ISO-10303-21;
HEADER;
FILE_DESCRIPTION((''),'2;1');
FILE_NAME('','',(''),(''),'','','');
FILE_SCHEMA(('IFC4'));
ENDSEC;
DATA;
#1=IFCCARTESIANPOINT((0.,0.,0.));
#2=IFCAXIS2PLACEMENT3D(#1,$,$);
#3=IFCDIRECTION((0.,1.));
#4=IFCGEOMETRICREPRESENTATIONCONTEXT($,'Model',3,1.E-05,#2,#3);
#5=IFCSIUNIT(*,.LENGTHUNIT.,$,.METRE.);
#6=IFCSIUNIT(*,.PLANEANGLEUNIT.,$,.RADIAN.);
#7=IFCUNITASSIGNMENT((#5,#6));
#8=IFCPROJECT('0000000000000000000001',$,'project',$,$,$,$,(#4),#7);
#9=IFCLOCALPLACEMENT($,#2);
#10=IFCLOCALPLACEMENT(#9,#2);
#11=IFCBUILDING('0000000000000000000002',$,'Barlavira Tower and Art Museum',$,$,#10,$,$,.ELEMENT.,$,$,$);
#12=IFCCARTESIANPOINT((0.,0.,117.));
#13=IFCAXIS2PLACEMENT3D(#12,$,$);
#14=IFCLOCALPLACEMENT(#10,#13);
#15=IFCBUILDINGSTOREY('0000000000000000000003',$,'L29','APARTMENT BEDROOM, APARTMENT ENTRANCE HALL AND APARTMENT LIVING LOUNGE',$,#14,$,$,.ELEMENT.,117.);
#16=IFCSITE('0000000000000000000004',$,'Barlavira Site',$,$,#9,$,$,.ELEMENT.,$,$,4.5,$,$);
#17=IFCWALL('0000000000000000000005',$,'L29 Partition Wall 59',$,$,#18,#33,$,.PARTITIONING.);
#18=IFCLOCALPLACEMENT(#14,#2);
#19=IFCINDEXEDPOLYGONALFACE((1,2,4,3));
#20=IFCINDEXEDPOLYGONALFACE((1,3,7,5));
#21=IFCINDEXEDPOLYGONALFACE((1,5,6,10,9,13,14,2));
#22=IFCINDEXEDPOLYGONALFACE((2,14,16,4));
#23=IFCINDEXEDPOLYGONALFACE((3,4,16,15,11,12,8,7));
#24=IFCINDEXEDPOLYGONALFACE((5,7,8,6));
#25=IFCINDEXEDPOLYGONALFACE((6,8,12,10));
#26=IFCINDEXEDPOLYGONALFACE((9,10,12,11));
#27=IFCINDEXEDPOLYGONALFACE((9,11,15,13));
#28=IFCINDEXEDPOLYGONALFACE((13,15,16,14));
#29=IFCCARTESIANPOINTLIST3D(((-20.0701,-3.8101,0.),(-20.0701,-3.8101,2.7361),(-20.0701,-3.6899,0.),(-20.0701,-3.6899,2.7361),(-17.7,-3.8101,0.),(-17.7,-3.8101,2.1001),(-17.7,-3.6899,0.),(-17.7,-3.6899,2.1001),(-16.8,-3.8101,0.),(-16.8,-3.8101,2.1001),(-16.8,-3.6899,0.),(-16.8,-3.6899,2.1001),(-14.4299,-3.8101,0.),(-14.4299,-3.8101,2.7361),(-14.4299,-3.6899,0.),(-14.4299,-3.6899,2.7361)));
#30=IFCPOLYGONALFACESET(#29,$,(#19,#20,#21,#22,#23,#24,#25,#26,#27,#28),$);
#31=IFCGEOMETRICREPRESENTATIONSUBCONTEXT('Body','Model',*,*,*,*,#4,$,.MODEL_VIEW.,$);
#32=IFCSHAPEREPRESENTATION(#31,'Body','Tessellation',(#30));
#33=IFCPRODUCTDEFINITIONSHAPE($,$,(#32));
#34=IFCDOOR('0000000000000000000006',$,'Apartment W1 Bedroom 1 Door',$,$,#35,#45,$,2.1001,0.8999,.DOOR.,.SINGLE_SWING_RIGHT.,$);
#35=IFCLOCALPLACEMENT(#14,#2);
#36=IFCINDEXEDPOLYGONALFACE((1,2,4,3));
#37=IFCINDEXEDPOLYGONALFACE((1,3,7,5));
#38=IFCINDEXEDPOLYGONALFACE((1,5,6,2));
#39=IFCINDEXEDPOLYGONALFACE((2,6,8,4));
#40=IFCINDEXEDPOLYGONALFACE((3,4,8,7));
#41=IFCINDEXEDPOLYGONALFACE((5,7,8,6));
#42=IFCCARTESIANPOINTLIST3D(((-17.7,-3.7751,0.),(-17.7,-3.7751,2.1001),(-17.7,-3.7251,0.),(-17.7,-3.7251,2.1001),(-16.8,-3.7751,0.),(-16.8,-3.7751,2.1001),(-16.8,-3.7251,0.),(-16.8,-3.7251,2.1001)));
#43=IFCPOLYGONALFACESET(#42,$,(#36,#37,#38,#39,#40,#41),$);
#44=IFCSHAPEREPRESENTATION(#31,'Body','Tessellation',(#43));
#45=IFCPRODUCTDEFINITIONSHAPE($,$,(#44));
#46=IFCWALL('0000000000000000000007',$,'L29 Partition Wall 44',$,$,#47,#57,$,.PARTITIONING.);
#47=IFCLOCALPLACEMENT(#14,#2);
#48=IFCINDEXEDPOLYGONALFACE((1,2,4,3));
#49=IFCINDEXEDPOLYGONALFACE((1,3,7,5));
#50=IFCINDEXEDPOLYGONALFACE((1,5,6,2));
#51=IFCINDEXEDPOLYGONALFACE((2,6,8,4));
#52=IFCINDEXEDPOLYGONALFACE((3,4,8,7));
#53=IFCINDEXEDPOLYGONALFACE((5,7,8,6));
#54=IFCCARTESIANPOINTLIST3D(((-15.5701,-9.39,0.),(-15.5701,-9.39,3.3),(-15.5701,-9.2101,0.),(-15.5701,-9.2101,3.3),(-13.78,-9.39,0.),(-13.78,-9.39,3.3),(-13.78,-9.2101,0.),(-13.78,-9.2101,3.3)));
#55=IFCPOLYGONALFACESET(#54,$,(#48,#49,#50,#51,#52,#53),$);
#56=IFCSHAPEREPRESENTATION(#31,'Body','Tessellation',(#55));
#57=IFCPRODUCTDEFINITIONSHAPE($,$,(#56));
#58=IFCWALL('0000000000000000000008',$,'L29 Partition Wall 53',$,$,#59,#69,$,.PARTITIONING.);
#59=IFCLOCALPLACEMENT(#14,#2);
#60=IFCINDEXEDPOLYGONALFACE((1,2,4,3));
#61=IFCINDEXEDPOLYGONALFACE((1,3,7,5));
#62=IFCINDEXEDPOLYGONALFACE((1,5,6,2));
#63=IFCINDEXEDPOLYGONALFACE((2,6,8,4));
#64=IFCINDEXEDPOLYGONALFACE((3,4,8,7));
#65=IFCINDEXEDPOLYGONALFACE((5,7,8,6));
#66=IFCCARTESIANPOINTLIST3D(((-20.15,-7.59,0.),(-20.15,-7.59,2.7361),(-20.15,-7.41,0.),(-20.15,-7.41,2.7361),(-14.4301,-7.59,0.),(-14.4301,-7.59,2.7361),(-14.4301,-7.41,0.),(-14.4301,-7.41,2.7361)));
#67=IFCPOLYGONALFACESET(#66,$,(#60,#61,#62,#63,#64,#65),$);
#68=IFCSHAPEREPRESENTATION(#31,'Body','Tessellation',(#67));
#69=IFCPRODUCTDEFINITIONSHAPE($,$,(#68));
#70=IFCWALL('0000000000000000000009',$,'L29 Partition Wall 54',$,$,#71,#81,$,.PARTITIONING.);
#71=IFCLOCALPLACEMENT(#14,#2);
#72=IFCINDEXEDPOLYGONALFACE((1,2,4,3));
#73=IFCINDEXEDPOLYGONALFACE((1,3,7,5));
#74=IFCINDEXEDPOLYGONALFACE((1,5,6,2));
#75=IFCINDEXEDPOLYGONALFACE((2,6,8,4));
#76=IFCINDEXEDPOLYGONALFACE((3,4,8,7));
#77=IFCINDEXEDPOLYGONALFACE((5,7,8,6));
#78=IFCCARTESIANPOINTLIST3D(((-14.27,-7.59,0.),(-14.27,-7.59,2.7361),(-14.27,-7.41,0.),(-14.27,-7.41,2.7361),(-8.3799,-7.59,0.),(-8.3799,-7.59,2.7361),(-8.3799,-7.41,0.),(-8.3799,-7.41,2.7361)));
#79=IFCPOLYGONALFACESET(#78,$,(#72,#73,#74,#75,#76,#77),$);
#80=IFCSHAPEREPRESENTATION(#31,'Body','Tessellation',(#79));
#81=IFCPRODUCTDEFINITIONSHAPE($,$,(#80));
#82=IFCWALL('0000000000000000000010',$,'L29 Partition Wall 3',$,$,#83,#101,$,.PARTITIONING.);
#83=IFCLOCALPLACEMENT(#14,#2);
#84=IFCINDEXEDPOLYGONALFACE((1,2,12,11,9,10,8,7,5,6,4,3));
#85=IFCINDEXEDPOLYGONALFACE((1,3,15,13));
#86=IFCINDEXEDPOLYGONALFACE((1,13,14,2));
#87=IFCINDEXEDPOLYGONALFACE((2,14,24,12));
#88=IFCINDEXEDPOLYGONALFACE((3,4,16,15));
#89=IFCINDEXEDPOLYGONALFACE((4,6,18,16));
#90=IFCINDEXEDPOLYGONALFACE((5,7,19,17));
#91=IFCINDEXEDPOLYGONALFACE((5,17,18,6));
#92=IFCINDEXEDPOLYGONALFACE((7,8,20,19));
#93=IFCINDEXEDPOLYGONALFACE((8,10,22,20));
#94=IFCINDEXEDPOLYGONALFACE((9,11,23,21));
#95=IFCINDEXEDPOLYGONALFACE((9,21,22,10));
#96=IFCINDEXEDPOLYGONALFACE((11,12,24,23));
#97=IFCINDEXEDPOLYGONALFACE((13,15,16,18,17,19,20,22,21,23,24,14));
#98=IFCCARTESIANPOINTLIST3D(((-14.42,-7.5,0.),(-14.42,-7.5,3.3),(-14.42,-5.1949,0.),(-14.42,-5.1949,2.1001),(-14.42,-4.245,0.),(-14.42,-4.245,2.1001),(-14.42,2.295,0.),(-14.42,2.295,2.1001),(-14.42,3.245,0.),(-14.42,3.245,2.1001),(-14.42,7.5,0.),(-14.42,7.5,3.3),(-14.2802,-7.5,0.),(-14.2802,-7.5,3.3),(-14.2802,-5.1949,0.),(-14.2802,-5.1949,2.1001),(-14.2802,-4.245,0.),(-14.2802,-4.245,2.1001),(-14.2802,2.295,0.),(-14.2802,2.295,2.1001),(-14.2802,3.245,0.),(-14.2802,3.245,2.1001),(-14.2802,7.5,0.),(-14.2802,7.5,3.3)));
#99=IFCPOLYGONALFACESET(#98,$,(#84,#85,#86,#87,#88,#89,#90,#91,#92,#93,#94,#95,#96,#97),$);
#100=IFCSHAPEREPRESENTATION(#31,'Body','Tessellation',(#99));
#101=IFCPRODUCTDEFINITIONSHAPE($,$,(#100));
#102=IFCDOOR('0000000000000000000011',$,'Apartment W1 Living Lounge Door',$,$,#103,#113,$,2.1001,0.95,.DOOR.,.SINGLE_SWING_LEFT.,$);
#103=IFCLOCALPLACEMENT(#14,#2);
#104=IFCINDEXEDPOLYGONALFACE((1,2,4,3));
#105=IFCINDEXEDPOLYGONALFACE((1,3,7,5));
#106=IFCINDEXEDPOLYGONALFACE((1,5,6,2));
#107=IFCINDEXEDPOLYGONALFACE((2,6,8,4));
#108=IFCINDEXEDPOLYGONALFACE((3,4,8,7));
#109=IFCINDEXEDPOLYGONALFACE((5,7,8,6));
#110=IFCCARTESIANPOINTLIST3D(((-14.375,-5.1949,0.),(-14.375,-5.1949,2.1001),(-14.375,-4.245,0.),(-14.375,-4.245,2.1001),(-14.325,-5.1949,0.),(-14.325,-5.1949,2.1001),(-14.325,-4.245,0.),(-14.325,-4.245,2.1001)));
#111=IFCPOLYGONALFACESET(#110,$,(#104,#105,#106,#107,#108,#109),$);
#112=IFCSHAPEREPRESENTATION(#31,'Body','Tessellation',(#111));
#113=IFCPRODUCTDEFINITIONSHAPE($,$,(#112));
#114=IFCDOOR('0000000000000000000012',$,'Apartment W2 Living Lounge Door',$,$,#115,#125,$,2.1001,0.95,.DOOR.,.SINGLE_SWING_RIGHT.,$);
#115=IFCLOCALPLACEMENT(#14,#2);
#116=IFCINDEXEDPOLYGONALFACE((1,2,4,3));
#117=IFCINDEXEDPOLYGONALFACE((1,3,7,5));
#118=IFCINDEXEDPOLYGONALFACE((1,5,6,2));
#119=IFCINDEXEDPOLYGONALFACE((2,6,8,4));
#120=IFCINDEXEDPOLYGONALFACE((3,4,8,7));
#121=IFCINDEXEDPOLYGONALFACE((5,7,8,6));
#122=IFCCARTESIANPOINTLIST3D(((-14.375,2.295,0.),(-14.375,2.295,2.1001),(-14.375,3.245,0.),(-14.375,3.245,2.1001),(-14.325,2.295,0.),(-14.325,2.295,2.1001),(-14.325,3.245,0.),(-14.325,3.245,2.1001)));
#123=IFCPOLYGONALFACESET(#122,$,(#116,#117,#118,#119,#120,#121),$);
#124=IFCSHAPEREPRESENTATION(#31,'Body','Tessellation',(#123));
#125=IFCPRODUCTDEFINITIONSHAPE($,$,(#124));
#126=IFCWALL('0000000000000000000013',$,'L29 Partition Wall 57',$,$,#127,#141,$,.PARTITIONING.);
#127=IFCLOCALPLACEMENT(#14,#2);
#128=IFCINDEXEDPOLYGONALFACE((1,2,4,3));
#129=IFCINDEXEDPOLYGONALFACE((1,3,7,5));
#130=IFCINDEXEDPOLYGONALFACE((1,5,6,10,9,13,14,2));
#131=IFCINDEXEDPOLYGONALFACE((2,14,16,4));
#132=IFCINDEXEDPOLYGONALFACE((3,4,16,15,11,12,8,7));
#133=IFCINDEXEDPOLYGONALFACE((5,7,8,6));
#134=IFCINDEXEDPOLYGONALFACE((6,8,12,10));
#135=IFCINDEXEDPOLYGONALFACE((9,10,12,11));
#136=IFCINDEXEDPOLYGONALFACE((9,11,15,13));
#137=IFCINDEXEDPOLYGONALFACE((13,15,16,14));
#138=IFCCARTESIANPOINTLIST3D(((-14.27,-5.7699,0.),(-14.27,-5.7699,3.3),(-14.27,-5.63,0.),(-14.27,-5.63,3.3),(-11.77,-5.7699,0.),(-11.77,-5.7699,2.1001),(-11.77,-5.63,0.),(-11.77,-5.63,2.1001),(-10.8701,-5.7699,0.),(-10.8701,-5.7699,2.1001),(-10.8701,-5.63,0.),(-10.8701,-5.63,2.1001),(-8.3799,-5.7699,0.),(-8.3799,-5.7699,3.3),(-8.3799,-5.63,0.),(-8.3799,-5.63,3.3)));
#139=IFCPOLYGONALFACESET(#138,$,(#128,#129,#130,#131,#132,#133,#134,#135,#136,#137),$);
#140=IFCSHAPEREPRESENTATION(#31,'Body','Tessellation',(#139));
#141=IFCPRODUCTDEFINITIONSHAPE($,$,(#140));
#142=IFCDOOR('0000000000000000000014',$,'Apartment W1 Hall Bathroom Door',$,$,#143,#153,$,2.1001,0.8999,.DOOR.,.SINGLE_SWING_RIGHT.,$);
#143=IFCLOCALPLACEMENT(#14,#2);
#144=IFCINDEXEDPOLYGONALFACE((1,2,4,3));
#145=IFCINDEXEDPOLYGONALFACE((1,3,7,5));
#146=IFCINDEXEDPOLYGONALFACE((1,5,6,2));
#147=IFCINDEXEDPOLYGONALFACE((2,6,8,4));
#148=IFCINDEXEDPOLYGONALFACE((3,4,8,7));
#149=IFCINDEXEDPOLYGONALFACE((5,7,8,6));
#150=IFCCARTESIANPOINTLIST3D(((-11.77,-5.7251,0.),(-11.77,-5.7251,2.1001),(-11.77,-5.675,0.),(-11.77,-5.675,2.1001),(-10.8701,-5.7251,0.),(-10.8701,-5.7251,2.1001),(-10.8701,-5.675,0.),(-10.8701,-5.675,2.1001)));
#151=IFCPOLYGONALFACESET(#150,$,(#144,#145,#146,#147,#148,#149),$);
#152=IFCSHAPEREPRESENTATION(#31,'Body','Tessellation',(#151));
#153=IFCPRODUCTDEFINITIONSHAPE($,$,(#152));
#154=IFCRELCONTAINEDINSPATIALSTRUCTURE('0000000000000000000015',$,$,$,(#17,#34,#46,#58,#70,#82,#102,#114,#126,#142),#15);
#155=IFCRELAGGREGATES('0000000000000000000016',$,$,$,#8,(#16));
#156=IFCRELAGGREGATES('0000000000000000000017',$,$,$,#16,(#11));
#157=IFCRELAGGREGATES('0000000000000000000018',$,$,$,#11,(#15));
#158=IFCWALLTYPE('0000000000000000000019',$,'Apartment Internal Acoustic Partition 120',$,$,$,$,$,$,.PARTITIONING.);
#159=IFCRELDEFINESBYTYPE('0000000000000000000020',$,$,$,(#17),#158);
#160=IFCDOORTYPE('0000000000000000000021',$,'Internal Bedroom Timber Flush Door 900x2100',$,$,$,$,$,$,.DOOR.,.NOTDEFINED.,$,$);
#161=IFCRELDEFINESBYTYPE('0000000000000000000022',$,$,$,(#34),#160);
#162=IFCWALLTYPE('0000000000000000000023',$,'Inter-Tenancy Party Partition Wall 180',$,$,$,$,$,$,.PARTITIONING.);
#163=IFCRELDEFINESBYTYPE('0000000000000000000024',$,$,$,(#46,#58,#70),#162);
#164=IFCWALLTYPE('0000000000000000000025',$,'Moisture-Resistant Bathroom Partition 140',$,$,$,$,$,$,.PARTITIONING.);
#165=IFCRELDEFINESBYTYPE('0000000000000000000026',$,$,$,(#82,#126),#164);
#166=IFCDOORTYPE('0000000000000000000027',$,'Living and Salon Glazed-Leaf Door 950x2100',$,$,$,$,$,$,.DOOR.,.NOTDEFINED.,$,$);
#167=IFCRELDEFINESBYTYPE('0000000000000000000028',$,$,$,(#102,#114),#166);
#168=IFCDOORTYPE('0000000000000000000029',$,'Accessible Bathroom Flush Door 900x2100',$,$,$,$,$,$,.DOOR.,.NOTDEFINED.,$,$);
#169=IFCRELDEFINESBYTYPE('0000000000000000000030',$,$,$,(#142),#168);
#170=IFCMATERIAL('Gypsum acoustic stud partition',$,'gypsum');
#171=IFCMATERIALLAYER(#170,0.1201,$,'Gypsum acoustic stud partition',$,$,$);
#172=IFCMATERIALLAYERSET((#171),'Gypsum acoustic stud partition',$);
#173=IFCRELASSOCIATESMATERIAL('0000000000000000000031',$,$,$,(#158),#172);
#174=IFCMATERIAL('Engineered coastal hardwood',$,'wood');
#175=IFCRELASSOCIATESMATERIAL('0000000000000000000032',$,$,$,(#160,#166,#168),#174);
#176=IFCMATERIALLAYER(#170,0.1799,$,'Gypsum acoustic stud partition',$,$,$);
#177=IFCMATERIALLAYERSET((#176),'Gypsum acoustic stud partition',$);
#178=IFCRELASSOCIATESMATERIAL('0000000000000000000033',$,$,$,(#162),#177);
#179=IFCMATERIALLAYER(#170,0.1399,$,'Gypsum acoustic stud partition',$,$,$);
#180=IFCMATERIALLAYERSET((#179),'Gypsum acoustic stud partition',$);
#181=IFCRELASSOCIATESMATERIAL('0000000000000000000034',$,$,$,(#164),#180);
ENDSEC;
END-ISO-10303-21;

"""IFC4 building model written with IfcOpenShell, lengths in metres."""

from ifc_helpers import new_model, si_unit, direction, frame, frame_2d, origin, place, context, subcontext, project, spatial, rectangle, extrude, material, layer, layer_set, type_object, element, fill, save


model = new_model("IFC4")

# Units and contexts
model_context = context("Model", 3, precision=1e-05, world=origin(), true_north=direction((0.0, 1.0)))
body_context = subcontext(model_context, "Body", "Model", "MODEL_VIEW")
ifc_project = project(units=[si_unit("LENGTHUNIT", "METRE"), si_unit("PLANEANGLEUNIT", "RADIAN")], contexts=[model_context])

# Site, building, storey
site_placement = place(None, origin())
site = spatial("IfcSite", under=ifc_project, at=site_placement, Name="Barlavira Site", CompositionType="ELEMENT", RefElevation=4.5)
building_placement = place(site_placement, origin())
building = spatial("IfcBuilding", under=site, at=building_placement, Name="Barlavira Tower and Art Museum", CompositionType="ELEMENT")
storey_placement = place(building_placement, frame((0.0, 0.0, 117.0)))
storey = spatial("IfcBuildingStorey", under=building, at=storey_placement, Name="L29", Description="APARTMENT BEDROOM, APARTMENT ENTRANCE HALL AND APARTMENT LIVING LOUNGE", CompositionType="ELEMENT", Elevation=117.0)

# Wall, opening, door
ifc_material_1 = material(Name="Gypsum acoustic stud partition", Category="gypsum")
ifc_layer_1 = layer(ifc_material_1, 0.1201, Name="Gypsum acoustic stud partition")
ifc_layer_set_1 = layer_set([ifc_layer_1], Name="Gypsum acoustic stud partition")
wall_type_1 = type_object("IfcWallType", Name="Apartment Internal Acoustic Partition 120", PredefinedType="PARTITIONING", material=ifc_layer_set_1)
wall_1_placement = place(storey_placement, frame((-20.0701, -3.75, 0.0), z_axis=(0.0, 0.0, 1.0), x_axis=(1.0, 0.0, 0.0)))
wall_1 = element("IfcWall", 1, at=wall_1_placement, inside=storey, type_object=wall_type_1, Name="L29 Partition Wall 59", PredefinedType="PARTITIONING", context=body_context, shape_type="SweptSolid", body=[
    extrude(rectangle(XDim=5.6401, YDim=0.1201, at=frame_2d((2.8201, 0.0))), origin(), (0.0, 0.0, 1.0), 2.7361),
])
opening_1_placement = place(wall_1_placement, frame((2.3701, 0.0, 0.0)))
opening_1 = element("IfcOpeningElement", 2, at=opening_1_placement, cuts=wall_1, PredefinedType="OPENING", context=body_context, shape_type="SweptSolid", body=[
    extrude(rectangle(XDim=0.8999, YDim=2.1001, at=frame_2d((0.45, 1.05))), frame((0.0, 0.0701, 0.0), z_axis=(0.0, -1.0, 0.0), x_axis=(1.0, 0.0, 0.0)), (0.0, 0.0, 1.0), 0.1401),
])
ifc_material_2 = material(Name="Engineered coastal hardwood", Category="wood")
door_type_1 = type_object("IfcDoorType", Name="Internal Bedroom Timber Flush Door 900x2100", OperationType="NOTDEFINED", PredefinedType="DOOR", material=ifc_material_2)
door_1_placement = place(opening_1_placement, origin())
door_1 = element("IfcDoor", 3, at=door_1_placement, inside=storey, type_object=door_type_1, Name="Apartment W1 Bedroom 1 Door", OperationType="SINGLE_SWING_RIGHT", OverallHeight=2.1001, OverallWidth=0.8999, PredefinedType="DOOR", context=body_context, shape_type="SweptSolid", body=[
    extrude(rectangle(XDim=0.8999, YDim=2.1001, at=frame_2d((0.45, 1.05))), frame((0.0, 0.0249, 0.0), z_axis=(0.0, -1.0, 0.0), x_axis=(1.0, 0.0, 0.0)), (0.0, 0.0, 1.0), 0.05),
])
fill(opening_1, door_1)

# Walls
ifc_layer_2 = layer(ifc_material_1, 0.1799, Name="Gypsum acoustic stud partition")
ifc_layer_set_2 = layer_set([ifc_layer_2], Name="Gypsum acoustic stud partition")
wall_type_2 = type_object("IfcWallType", Name="Inter-Tenancy Party Partition Wall 180", PredefinedType="PARTITIONING", material=ifc_layer_set_2)
wall_2_placement = place(storey_placement, frame((-15.5701, -9.3, 0.0), z_axis=(0.0, 0.0, 1.0), x_axis=(1.0, 0.0, 0.0)))
element("IfcWall", 4, at=wall_2_placement, inside=storey, type_object=wall_type_2, Name="L29 Partition Wall 44", PredefinedType="PARTITIONING", context=body_context, shape_type="SweptSolid", body=[
    extrude(rectangle(XDim=1.79, YDim=0.1799, at=frame_2d((0.895, 0.0))), origin(), (0.0, 0.0, 1.0), 3.3),
])
wall_3_placement = place(storey_placement, frame((-20.1499, -7.5, 0.0), z_axis=(0.0, 0.0, 1.0), x_axis=(1.0, 0.0, 0.0)))
element("IfcWall", 5, at=wall_3_placement, inside=storey, type_object=wall_type_2, Name="L29 Partition Wall 53", PredefinedType="PARTITIONING", context=body_context, shape_type="SweptSolid", body=[
    extrude(rectangle(XDim=5.72, YDim=0.1799, at=frame_2d((2.8599, 0.0))), origin(), (0.0, 0.0, 1.0), 2.7361),
])
wall_4_placement = place(storey_placement, frame((-14.27, -7.5, 0.0), z_axis=(0.0, 0.0, 1.0), x_axis=(1.0, 0.0, 0.0)))
element("IfcWall", 6, at=wall_4_placement, inside=storey, type_object=wall_type_2, Name="L29 Partition Wall 54", PredefinedType="PARTITIONING", context=body_context, shape_type="SweptSolid", body=[
    extrude(rectangle(XDim=5.8901, YDim=0.1799, at=frame_2d((2.9451, 0.0))), origin(), (0.0, 0.0, 1.0), 2.7361),
])

# Wall, openings, doors
ifc_layer_3 = layer(ifc_material_1, 0.1399, Name="Gypsum acoustic stud partition")
ifc_layer_set_3 = layer_set([ifc_layer_3], Name="Gypsum acoustic stud partition")
wall_type_3 = type_object("IfcWallType", Name="Moisture-Resistant Bathroom Partition 140", PredefinedType="PARTITIONING", material=ifc_layer_set_3)
wall_5_placement = place(storey_placement, frame((-14.3501, -7.5, 0.0), z_axis=(0.0, 0.0, 1.0), x_axis=(0.0, 1.0, 0.0)))
wall_5 = element("IfcWall", 7, at=wall_5_placement, inside=storey, type_object=wall_type_3, Name="L29 Partition Wall 3", PredefinedType="PARTITIONING", context=body_context, shape_type="SweptSolid", body=[
    extrude(rectangle(XDim=15.0, YDim=0.1399, at=frame_2d((7.5, 0.0))), origin(), (0.0, 0.0, 1.0), 3.3),
])
opening_2_placement = place(wall_5_placement, frame((2.3049, 0.0, 0.0)))
opening_2 = element("IfcOpeningElement", 8, at=opening_2_placement, cuts=wall_5, PredefinedType="OPENING", context=body_context, shape_type="SweptSolid", body=[
    extrude(rectangle(XDim=0.95, YDim=2.1001, at=frame_2d((0.4751, 1.05))), frame((0.0, 0.0801, 0.0), z_axis=(0.0, -1.0, 0.0), x_axis=(1.0, 0.0, 0.0)), (0.0, 0.0, 1.0), 0.1599),
])
opening_3_placement = place(wall_5_placement, frame((9.7949, 0.0, 0.0)))
opening_3 = element("IfcOpeningElement", 9, at=opening_3_placement, cuts=wall_5, PredefinedType="OPENING", context=body_context, shape_type="SweptSolid", body=[
    extrude(rectangle(XDim=0.95, YDim=2.1001, at=frame_2d((0.4751, 1.05))), frame((0.0, 0.0801, 0.0), z_axis=(0.0, -1.0, 0.0), x_axis=(1.0, 0.0, 0.0)), (0.0, 0.0, 1.0), 0.1599),
])
door_type_2 = type_object("IfcDoorType", Name="Living and Salon Glazed-Leaf Door 950x2100", OperationType="NOTDEFINED", PredefinedType="DOOR", material=ifc_material_2)
door_2_placement = place(opening_2_placement, origin())
door_2 = element("IfcDoor", 10, at=door_2_placement, inside=storey, type_object=door_type_2, Name="Apartment W1 Living Lounge Door", OperationType="SINGLE_SWING_LEFT", OverallHeight=2.1001, OverallWidth=0.95, PredefinedType="DOOR", context=body_context, shape_type="SweptSolid", body=[
    extrude(rectangle(XDim=0.95, YDim=2.1001, at=frame_2d((0.4751, 1.05))), frame((0.0, 0.0249, 0.0), z_axis=(0.0, -1.0, 0.0), x_axis=(1.0, 0.0, 0.0)), (0.0, 0.0, 1.0), 0.05),
])
fill(opening_2, door_2)
door_3_placement = place(opening_3_placement, origin())
door_3 = element("IfcDoor", 11, at=door_3_placement, inside=storey, type_object=door_type_2, Name="Apartment W2 Living Lounge Door", OperationType="SINGLE_SWING_RIGHT", OverallHeight=2.1001, OverallWidth=0.95, PredefinedType="DOOR", context=body_context, shape_type="SweptSolid", body=[
    extrude(rectangle(XDim=0.95, YDim=2.1001, at=frame_2d((0.4751, 1.05))), frame((0.0, 0.0249, 0.0), z_axis=(0.0, -1.0, 0.0), x_axis=(1.0, 0.0, 0.0)), (0.0, 0.0, 1.0), 0.05),
])
fill(opening_3, door_3)

# Wall, opening, door
wall_6_placement = place(storey_placement, frame((-14.27, -5.7, 0.0), z_axis=(0.0, 0.0, 1.0), x_axis=(1.0, 0.0, 0.0)))
wall_6 = element("IfcWall", 12, at=wall_6_placement, inside=storey, type_object=wall_type_3, Name="L29 Partition Wall 57", PredefinedType="PARTITIONING", context=body_context, shape_type="SweptSolid", body=[
    extrude(rectangle(XDim=5.8901, YDim=0.1399, at=frame_2d((2.9451, 0.0))), origin(), (0.0, 0.0, 1.0), 3.3),
])
opening_4_placement = place(wall_6_placement, frame((2.5, 0.0, 0.0)))
opening_4 = element("IfcOpeningElement", 13, at=opening_4_placement, cuts=wall_6, PredefinedType="OPENING", context=body_context, shape_type="SweptSolid", body=[
    extrude(rectangle(XDim=0.8999, YDim=2.1001, at=frame_2d((0.45, 1.05))), frame((0.0, 0.0801, 0.0), z_axis=(0.0, -1.0, 0.0), x_axis=(1.0, 0.0, 0.0)), (0.0, 0.0, 1.0), 0.1599),
])
door_type_3 = type_object("IfcDoorType", Name="Accessible Bathroom Flush Door 900x2100", OperationType="NOTDEFINED", PredefinedType="DOOR", material=ifc_material_2)
door_4_placement = place(opening_4_placement, origin())
door_4 = element("IfcDoor", 14, at=door_4_placement, inside=storey, type_object=door_type_3, Name="Apartment W1 Hall Bathroom Door", OperationType="SINGLE_SWING_RIGHT", OverallHeight=2.1001, OverallWidth=0.8999, PredefinedType="DOOR", context=body_context, shape_type="SweptSolid", body=[
    extrude(rectangle(XDim=0.8999, YDim=2.1001, at=frame_2d((0.45, 1.05))), frame((0.0, 0.0249, 0.0), z_axis=(0.0, -1.0, 0.0), x_axis=(1.0, 0.0, 0.0)), (0.0, 0.0, 1.0), 0.05),
])
fill(opening_4, door_4)

save(model, "model.ifc")
